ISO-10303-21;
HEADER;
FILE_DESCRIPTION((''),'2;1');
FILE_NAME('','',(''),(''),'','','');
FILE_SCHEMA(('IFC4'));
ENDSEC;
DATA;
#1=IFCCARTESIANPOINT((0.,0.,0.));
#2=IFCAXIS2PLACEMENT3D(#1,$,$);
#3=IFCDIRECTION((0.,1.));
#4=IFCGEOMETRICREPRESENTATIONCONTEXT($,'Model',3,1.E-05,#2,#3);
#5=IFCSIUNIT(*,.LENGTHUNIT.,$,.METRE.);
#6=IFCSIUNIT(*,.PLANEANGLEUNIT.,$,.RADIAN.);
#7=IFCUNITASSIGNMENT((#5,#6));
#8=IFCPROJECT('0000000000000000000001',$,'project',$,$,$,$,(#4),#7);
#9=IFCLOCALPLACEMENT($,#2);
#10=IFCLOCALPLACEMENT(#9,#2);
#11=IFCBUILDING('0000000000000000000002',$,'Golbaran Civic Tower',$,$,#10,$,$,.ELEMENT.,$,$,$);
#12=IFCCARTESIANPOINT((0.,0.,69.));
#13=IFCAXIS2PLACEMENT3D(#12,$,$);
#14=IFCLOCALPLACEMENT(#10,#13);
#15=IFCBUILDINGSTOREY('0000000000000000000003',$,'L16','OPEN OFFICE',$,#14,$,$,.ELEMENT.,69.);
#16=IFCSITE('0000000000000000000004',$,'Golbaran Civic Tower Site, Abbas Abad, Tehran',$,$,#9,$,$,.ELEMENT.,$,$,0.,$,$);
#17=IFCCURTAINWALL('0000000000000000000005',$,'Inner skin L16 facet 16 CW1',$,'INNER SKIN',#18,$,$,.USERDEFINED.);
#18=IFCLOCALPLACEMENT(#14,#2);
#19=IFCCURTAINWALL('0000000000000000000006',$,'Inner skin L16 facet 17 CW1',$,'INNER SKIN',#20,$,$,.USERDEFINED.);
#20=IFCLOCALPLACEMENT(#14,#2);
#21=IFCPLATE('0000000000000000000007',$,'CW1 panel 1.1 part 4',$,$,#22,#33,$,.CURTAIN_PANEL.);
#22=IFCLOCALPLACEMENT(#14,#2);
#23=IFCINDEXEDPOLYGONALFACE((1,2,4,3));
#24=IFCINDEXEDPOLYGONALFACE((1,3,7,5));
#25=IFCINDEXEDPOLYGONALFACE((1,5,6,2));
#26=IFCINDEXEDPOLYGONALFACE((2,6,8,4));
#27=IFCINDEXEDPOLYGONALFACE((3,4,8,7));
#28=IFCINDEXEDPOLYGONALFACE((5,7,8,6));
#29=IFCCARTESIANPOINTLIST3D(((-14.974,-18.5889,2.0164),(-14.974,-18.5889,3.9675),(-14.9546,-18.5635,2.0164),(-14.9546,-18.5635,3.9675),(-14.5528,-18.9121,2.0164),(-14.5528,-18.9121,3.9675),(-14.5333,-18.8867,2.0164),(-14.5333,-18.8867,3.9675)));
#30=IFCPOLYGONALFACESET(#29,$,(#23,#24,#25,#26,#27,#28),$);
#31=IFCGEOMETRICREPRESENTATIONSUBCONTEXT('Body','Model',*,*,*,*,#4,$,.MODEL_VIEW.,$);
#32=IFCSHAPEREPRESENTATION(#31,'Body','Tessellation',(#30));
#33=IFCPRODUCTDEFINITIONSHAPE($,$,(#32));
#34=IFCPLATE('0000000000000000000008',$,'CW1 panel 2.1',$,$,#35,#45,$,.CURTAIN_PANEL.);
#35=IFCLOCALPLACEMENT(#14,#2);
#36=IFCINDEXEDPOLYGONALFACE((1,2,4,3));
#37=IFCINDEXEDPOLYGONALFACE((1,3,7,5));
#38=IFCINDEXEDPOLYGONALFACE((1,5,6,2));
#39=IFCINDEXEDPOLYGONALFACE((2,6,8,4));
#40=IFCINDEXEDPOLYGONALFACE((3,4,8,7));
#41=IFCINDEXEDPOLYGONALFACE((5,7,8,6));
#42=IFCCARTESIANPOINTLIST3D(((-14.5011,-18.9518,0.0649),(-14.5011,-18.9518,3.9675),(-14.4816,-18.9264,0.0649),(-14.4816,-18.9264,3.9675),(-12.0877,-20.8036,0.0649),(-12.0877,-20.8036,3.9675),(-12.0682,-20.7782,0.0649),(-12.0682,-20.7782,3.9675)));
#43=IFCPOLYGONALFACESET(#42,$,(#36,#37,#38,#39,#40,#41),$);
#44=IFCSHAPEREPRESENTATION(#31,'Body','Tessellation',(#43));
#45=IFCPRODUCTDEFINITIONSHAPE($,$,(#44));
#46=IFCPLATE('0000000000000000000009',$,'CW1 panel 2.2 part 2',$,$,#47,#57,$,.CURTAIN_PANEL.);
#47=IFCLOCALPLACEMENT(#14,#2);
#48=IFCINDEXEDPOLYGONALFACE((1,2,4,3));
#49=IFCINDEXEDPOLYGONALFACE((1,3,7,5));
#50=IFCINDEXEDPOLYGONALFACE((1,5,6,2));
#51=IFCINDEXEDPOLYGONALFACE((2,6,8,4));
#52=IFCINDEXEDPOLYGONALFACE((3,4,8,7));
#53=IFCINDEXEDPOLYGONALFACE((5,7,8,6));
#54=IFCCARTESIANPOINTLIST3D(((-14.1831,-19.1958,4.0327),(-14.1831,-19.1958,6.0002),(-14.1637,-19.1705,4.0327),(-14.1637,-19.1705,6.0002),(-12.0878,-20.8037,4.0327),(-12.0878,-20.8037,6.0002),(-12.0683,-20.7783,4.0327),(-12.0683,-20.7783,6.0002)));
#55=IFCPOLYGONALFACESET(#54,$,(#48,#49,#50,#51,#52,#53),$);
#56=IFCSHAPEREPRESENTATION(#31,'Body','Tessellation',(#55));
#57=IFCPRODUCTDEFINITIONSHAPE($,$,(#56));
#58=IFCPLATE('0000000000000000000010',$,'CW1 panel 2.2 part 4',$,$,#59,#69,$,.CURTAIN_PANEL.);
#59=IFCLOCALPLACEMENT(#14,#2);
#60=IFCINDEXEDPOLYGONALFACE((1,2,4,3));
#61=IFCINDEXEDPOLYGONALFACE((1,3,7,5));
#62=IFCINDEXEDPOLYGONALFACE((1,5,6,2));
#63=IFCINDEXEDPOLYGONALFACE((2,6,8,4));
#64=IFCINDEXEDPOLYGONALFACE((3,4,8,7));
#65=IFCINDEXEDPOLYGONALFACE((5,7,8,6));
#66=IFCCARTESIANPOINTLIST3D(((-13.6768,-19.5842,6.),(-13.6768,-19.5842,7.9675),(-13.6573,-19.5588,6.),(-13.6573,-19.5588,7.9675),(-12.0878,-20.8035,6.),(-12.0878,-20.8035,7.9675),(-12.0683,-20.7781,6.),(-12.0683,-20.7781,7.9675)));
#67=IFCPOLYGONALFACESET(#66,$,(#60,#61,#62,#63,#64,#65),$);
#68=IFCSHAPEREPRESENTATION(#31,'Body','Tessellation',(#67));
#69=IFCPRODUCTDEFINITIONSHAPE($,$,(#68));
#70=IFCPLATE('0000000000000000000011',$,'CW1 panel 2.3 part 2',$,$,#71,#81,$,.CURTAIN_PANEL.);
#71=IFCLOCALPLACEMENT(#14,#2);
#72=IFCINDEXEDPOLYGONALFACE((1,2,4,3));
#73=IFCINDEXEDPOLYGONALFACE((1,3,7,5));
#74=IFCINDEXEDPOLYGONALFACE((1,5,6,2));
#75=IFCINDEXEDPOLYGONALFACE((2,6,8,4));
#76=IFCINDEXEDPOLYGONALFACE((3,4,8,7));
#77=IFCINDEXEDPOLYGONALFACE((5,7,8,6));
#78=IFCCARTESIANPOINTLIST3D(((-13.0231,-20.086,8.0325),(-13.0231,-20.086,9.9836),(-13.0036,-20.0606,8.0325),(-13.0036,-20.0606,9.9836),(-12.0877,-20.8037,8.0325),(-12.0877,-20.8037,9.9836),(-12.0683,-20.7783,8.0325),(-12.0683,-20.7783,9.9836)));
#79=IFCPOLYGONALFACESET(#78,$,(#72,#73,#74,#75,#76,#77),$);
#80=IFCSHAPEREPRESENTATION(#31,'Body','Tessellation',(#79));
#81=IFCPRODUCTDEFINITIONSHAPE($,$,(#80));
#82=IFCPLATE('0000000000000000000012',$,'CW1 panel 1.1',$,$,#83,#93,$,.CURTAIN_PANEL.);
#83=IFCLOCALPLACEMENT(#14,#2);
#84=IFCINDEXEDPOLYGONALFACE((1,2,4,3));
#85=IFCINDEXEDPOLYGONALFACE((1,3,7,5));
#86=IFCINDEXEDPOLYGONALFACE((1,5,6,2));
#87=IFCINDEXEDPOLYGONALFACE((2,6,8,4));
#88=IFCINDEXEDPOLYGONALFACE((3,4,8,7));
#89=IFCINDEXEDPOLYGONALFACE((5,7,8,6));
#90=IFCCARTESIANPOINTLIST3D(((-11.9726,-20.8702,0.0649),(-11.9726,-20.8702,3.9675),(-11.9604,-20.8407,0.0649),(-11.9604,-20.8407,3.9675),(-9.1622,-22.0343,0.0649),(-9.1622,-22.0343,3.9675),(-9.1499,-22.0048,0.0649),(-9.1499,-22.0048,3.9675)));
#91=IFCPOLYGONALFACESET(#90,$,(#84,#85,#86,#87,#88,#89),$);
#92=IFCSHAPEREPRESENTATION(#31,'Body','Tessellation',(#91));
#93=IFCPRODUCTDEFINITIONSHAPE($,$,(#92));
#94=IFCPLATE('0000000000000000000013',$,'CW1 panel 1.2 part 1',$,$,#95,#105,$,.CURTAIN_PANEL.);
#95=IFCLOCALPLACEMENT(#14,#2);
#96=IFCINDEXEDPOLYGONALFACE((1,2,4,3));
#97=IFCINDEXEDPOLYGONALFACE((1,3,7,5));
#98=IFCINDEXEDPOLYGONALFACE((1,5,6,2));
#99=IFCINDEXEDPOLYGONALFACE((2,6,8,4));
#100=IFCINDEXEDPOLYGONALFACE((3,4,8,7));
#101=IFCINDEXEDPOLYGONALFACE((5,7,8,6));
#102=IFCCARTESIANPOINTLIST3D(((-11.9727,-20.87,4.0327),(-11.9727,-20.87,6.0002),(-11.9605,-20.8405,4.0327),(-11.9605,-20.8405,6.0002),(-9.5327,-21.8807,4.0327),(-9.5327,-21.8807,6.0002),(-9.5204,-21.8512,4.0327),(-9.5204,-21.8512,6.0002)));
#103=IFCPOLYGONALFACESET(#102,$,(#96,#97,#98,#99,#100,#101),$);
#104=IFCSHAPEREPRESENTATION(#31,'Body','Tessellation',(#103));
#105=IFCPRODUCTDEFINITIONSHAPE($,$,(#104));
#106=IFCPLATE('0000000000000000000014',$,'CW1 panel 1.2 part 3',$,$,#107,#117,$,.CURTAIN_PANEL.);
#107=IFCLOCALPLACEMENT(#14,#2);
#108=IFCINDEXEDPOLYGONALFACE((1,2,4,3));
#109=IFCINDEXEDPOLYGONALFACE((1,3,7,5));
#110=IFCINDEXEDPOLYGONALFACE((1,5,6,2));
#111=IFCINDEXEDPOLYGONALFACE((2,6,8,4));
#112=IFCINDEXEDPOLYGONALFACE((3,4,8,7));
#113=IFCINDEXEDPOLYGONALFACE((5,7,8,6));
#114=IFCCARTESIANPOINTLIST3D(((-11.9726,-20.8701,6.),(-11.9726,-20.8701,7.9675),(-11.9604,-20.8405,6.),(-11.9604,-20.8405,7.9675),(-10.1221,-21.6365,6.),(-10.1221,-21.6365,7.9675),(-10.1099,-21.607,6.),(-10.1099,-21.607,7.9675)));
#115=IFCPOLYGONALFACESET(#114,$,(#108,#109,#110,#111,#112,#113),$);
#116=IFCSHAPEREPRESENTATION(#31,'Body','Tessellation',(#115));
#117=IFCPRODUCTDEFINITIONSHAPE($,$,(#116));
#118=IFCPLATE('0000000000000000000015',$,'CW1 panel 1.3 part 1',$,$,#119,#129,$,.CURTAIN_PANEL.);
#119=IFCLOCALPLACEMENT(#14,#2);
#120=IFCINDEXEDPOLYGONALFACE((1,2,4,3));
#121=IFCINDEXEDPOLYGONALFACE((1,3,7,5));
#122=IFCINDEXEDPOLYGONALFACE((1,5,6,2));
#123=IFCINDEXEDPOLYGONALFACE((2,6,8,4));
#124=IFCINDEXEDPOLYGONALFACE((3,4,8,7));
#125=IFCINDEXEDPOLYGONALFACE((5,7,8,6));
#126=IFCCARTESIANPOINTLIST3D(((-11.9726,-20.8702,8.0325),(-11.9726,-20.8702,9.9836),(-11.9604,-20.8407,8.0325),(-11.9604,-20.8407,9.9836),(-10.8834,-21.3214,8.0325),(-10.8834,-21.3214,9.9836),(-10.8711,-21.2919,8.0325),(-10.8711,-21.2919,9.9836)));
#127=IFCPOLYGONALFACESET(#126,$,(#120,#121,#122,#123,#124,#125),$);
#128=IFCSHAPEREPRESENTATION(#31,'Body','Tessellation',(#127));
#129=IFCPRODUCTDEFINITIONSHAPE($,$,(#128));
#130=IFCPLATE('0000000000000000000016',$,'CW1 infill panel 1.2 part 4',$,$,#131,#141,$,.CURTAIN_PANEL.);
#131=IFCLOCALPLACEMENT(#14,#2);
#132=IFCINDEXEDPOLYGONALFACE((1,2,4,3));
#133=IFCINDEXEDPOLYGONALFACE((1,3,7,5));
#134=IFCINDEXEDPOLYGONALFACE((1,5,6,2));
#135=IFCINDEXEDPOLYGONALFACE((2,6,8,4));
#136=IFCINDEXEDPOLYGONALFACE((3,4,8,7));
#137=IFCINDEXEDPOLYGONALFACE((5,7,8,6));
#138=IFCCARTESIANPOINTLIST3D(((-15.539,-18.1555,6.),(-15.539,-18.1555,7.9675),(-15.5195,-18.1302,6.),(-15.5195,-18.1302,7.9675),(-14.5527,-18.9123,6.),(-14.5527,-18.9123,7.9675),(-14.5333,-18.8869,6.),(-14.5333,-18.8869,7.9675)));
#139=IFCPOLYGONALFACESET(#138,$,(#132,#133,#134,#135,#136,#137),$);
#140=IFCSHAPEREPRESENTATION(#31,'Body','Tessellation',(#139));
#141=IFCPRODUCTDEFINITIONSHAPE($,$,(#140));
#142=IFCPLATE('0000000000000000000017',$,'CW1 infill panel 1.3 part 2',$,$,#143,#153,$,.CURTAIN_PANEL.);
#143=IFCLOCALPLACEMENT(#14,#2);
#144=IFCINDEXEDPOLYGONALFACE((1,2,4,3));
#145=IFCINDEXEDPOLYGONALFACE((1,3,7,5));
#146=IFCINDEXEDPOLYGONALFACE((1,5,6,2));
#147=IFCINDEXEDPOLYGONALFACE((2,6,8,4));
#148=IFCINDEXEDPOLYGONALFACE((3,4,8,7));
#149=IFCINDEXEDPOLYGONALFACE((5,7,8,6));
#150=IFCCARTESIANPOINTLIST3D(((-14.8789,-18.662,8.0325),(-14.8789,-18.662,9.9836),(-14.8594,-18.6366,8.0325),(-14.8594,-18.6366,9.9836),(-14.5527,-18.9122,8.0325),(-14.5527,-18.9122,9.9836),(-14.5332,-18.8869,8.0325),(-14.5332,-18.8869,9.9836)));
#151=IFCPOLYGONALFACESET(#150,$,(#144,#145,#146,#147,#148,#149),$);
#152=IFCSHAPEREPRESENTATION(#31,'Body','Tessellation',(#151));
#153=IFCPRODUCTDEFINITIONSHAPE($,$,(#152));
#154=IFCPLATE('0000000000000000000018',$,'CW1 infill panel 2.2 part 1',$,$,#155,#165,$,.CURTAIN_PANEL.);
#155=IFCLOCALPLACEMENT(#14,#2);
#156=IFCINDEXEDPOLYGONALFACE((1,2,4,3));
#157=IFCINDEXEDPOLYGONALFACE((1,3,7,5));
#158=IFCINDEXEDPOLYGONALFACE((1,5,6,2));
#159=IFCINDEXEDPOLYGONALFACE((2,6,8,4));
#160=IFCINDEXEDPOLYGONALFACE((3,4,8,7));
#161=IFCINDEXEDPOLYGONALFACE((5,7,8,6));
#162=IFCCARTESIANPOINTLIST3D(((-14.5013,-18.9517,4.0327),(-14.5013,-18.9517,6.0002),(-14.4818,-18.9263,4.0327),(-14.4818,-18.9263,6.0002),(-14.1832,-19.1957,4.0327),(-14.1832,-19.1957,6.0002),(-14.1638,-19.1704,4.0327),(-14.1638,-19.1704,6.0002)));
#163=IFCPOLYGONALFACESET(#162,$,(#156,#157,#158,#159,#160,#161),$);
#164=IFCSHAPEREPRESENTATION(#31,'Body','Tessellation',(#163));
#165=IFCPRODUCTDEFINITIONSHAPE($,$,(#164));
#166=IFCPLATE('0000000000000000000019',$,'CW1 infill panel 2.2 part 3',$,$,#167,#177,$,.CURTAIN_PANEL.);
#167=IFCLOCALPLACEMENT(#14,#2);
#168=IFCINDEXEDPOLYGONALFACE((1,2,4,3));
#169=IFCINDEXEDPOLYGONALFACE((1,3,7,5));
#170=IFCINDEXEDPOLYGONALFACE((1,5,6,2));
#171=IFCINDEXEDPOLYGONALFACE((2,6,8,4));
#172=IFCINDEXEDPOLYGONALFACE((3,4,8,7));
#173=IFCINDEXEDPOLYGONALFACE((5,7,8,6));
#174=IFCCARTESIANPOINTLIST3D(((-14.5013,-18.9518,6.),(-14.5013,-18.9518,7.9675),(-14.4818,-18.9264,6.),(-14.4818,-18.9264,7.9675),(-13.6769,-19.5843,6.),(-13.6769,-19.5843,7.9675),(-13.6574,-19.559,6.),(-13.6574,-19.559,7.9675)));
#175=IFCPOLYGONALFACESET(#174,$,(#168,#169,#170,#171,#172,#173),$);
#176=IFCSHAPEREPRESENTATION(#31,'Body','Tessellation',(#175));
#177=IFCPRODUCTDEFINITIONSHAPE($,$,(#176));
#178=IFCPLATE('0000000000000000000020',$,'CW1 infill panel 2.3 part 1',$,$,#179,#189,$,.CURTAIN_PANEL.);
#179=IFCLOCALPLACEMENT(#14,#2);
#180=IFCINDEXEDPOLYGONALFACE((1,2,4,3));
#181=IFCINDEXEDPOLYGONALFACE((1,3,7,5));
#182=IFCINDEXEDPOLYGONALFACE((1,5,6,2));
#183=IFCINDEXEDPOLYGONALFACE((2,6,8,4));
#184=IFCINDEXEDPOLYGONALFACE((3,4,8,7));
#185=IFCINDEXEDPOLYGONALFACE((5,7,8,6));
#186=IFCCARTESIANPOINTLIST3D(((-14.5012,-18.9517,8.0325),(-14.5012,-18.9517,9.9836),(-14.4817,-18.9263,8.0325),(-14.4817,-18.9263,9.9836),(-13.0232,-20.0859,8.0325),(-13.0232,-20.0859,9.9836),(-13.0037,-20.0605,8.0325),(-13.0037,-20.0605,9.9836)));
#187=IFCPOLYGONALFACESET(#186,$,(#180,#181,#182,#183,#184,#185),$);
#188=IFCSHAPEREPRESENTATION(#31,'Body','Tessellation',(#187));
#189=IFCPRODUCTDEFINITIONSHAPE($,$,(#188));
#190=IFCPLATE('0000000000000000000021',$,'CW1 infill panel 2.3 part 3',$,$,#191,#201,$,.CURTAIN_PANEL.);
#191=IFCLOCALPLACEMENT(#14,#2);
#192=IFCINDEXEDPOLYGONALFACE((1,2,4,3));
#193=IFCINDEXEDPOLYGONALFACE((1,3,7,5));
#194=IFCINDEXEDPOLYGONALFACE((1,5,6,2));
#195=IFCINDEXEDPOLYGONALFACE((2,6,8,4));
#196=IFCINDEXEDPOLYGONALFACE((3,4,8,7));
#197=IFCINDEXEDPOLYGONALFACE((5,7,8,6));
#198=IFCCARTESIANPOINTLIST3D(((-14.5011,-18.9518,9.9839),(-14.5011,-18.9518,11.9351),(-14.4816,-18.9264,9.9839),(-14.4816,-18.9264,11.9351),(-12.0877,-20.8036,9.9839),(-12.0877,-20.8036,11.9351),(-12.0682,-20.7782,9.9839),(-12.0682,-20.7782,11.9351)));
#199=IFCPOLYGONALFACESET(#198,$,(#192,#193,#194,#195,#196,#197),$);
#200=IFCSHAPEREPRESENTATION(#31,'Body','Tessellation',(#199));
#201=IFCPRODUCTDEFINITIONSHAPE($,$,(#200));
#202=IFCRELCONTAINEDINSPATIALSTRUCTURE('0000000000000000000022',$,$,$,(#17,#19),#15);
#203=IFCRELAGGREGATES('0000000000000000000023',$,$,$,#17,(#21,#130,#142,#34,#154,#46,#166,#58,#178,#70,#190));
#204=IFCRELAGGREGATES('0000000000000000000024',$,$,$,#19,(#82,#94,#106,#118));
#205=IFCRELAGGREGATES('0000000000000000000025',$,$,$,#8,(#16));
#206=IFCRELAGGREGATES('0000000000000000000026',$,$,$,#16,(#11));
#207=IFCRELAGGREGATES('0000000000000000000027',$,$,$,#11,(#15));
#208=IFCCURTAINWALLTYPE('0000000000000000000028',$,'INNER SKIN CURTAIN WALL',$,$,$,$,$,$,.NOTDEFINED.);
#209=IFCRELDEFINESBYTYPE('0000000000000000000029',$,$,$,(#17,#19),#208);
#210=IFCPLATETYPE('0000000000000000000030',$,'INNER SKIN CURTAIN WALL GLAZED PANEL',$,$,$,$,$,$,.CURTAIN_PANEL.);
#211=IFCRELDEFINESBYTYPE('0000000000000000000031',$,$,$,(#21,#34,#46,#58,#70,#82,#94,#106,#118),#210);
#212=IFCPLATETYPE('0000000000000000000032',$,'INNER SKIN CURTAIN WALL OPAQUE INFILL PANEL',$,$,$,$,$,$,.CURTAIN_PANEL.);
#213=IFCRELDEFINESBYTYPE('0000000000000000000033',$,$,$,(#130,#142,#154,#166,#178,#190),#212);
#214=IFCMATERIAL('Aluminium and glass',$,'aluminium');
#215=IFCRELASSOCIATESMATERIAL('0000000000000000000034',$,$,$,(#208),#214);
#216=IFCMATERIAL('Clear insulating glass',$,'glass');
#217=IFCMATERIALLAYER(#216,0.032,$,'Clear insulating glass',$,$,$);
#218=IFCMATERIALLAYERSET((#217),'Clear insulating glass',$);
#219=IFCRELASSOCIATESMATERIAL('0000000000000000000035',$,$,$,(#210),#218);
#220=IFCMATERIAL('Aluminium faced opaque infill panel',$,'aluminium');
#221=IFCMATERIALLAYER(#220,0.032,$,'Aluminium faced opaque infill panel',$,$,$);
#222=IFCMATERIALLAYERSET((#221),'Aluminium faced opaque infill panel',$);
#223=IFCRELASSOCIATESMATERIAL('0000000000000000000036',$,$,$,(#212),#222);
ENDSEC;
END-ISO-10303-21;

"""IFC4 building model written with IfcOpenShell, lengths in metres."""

from ifc_helpers import new_model, si_unit, direction, frame, origin, origin_2d, place, context, subcontext, project, spatial, rectangle, extrude, material, layer, layer_set, type_object, element, aggregate, save


model = new_model("IFC4")

# Units and contexts
model_context = context("Model", 3, precision=1e-05, world=origin(), true_north=direction((0.0, 1.0)))
body_context = subcontext(model_context, "Body", "Model", "MODEL_VIEW")
ifc_project = project(units=[si_unit("LENGTHUNIT", "METRE"), si_unit("PLANEANGLEUNIT", "RADIAN")], contexts=[model_context])

# Site, building, storey
site_placement = place(None, origin())
site = spatial("IfcSite", under=ifc_project, at=site_placement, Name="Golbaran Civic Tower Site, Abbas Abad, Tehran", CompositionType="ELEMENT", RefElevation=0.0)
building_placement = place(site_placement, origin())
building = spatial("IfcBuilding", under=site, at=building_placement, Name="Golbaran Civic Tower", CompositionType="ELEMENT")
storey_placement = place(building_placement, frame((0.0, 0.0, 69.0)))
storey = spatial("IfcBuildingStorey", under=building, at=storey_placement, Name="L16", Description="OPEN OFFICE", CompositionType="ELEMENT", Elevation=69.0)

# Curtain walls
ifc_material_1 = material(Name="Aluminium and glass", Category="aluminium")
curtain_wall_type_1 = type_object("IfcCurtainWallType", Name="INNER SKIN CURTAIN WALL", PredefinedType="NOTDEFINED", material=ifc_material_1)
curtain_wall_1_placement = place(storey_placement, origin())
curtain_wall_1 = element("IfcCurtainWall", 1, at=curtain_wall_1_placement, inside=storey, type_object=curtain_wall_type_1, Name="Inner skin L16 facet 16 CW1", ObjectType="INNER SKIN", PredefinedType="USERDEFINED")
curtain_wall_2_placement = place(storey_placement, origin())
curtain_wall_2 = element("IfcCurtainWall", 2, at=curtain_wall_2_placement, inside=storey, type_object=curtain_wall_type_1, Name="Inner skin L16 facet 17 CW1", ObjectType="INNER SKIN", PredefinedType="USERDEFINED")

# Plates
ifc_material_2 = material(Name="Clear insulating glass", Category="glass")
ifc_layer_1 = layer(ifc_material_2, 0.032, Name="Clear insulating glass")
ifc_layer_set_1 = layer_set([ifc_layer_1], Name="Clear insulating glass")
plate_type_1 = type_object("IfcPlateType", Name="INNER SKIN CURTAIN WALL GLAZED PANEL", PredefinedType="CURTAIN_PANEL", material=ifc_layer_set_1)
plate_1_placement = place(storey_placement, frame((-14.7537, -18.7378, 2.0164), z_axis=(0.0, 0.0, 1.0), x_axis=(0.793353, -0.608761, 0.0)))
plate_1 = element("IfcPlate", 3, at=plate_1_placement, type_object=plate_type_1, Name="CW1 panel 1.1 part 4", PredefinedType="CURTAIN_PANEL", context=body_context, shape_type="SweptSolid", body=[
    extrude(rectangle(XDim=0.531, YDim=0.032, at=origin_2d()), origin(), (0.0, 0.0, 1.0), 1.9512),
])
plate_2_placement = place(storey_placement, frame((-13.2847, -19.865, 0.0649), z_axis=(0.0, 0.0, 1.0), x_axis=(0.793353, -0.608761, 0.0)))
plate_2 = element("IfcPlate", 4, at=plate_2_placement, type_object=plate_type_1, Name="CW1 panel 2.1", PredefinedType="CURTAIN_PANEL", context=body_context, shape_type="SweptSolid", body=[
    extrude(rectangle(XDim=3.042, YDim=0.032, at=origin_2d()), origin(), (0.0, 0.0, 1.0), 3.9026),
])
plate_3_placement = place(storey_placement, frame((-13.1257, -19.9871, 4.0327), z_axis=(0.0, 0.0, 1.0), x_axis=(0.793353, -0.608761, 0.0)))
plate_3 = element("IfcPlate", 5, at=plate_3_placement, type_object=plate_type_1, Name="CW1 panel 2.2 part 2", PredefinedType="CURTAIN_PANEL", context=body_context, shape_type="SweptSolid", body=[
    extrude(rectangle(XDim=2.6411, YDim=0.032, at=origin_2d()), origin(), (0.0, 0.0, 1.0), 1.9675),
])
plate_4_placement = place(storey_placement, frame((-12.8726, -20.1812, 6.0), z_axis=(0.0, 0.0, 1.0), x_axis=(0.793353, -0.608761, 0.0)))
plate_4 = element("IfcPlate", 6, at=plate_4_placement, type_object=plate_type_1, Name="CW1 panel 2.2 part 4", PredefinedType="CURTAIN_PANEL", context=body_context, shape_type="SweptSolid", body=[
    extrude(rectangle(XDim=2.0029, YDim=0.032, at=origin_2d()), origin(), (0.0, 0.0, 1.0), 1.9675),
])
plate_5_placement = place(storey_placement, frame((-12.5457, -20.4321, 8.0325), z_axis=(0.0, 0.0, 1.0), x_axis=(0.793353, -0.608761, 0.0)))
plate_5 = element("IfcPlate", 7, at=plate_5_placement, type_object=plate_type_1, Name="CW1 panel 2.3 part 2", PredefinedType="CURTAIN_PANEL", context=body_context, shape_type="SweptSolid", body=[
    extrude(rectangle(XDim=1.179, YDim=0.032, at=origin_2d()), origin(), (0.0, 0.0, 1.0), 1.9512),
])
plate_6_placement = place(storey_placement, frame((-10.5613, -21.4375, 0.0649), z_axis=(0.0, 0.0, 1.0), x_axis=(0.92388, -0.382683, 0.0)))
plate_6 = element("IfcPlate", 8, at=plate_6_placement, type_object=plate_type_1, Name="CW1 panel 1.1", PredefinedType="CURTAIN_PANEL", context=body_context, shape_type="SweptSolid", body=[
    extrude(rectangle(XDim=3.042, YDim=0.032, at=origin_2d()), origin(), (0.0, 0.0, 1.0), 3.9026),
])
plate_7_placement = place(storey_placement, frame((-10.7466, -21.3606, 4.0327), z_axis=(0.0, 0.0, 1.0), x_axis=(0.92388, -0.382683, 0.0)))
plate_7 = element("IfcPlate", 9, at=plate_7_placement, type_object=plate_type_1, Name="CW1 panel 1.2 part 1", PredefinedType="CURTAIN_PANEL", context=body_context, shape_type="SweptSolid", body=[
    extrude(rectangle(XDim=2.6411, YDim=0.032, at=origin_2d()), origin(), (0.0, 0.0, 1.0), 1.9675),
])
plate_8_placement = place(storey_placement, frame((-11.0413, -21.2385, 6.0), z_axis=(0.0, 0.0, 1.0), x_axis=(0.92388, -0.382683, 0.0)))
plate_8 = element("IfcPlate", 10, at=plate_8_placement, type_object=plate_type_1, Name="CW1 panel 1.2 part 3", PredefinedType="CURTAIN_PANEL", context=body_context, shape_type="SweptSolid", body=[
    extrude(rectangle(XDim=2.0029, YDim=0.032, at=origin_2d()), origin(), (0.0, 0.0, 1.0), 1.9675),
])
plate_9_placement = place(storey_placement, frame((-11.4219, -21.0811, 8.0325), z_axis=(0.0, 0.0, 1.0), x_axis=(0.92388, -0.382683, 0.0)))
plate_9 = element("IfcPlate", 11, at=plate_9_placement, type_object=plate_type_1, Name="CW1 panel 1.3 part 1", PredefinedType="CURTAIN_PANEL", context=body_context, shape_type="SweptSolid", body=[
    extrude(rectangle(XDim=1.179, YDim=0.032, at=origin_2d()), origin(), (0.0, 0.0, 1.0), 1.9512),
])
ifc_material_3 = material(Name="Aluminium faced opaque infill panel", Category="aluminium")
ifc_layer_2 = layer(ifc_material_3, 0.032, Name="Aluminium faced opaque infill panel")
ifc_layer_set_2 = layer_set([ifc_layer_2], Name="Aluminium faced opaque infill panel")
plate_type_2 = type_object("IfcPlateType", Name="INNER SKIN CURTAIN WALL OPAQUE INFILL PANEL", PredefinedType="CURTAIN_PANEL", material=ifc_layer_set_2)
plate_10_placement = place(storey_placement, frame((-15.0361, -18.5212, 6.0), z_axis=(0.0, 0.0, 1.0), x_axis=(0.793353, -0.608761, 0.0)))
plate_10 = element("IfcPlate", 12, at=plate_10_placement, type_object=plate_type_2, Name="CW1 infill panel 1.2 part 4", PredefinedType="CURTAIN_PANEL", context=body_context, shape_type="SweptSolid", body=[
    extrude(rectangle(XDim=1.2432, YDim=0.032, at=origin_2d()), origin(), (0.0, 0.0, 1.0), 1.9675),
])
plate_11_placement = place(storey_placement, frame((-14.7061, -18.7744, 8.0325), z_axis=(0.0, 0.0, 1.0), x_axis=(0.793353, -0.608761, 0.0)))
plate_11 = element("IfcPlate", 13, at=plate_11_placement, type_object=plate_type_2, Name="CW1 infill panel 1.3 part 2", PredefinedType="CURTAIN_PANEL", context=body_context, shape_type="SweptSolid", body=[
    extrude(rectangle(XDim=0.4111, YDim=0.032, at=origin_2d()), origin(), (0.0, 0.0, 1.0), 1.9512),
])
plate_12_placement = place(storey_placement, frame((-14.3325, -19.061, 4.0327), z_axis=(0.0, 0.0, 1.0), x_axis=(0.793353, -0.608761, 0.0)))
plate_12 = element("IfcPlate", 14, at=plate_12_placement, type_object=plate_type_2, Name="CW1 infill panel 2.2 part 1", PredefinedType="CURTAIN_PANEL", context=body_context, shape_type="SweptSolid", body=[
    extrude(rectangle(XDim=0.4009, YDim=0.032, at=origin_2d()), origin(), (0.0, 0.0, 1.0), 1.9675),
])
plate_13_placement = place(storey_placement, frame((-14.0793, -19.2554, 6.0), z_axis=(0.0, 0.0, 1.0), x_axis=(0.793353, -0.608761, 0.0)))
plate_13 = element("IfcPlate", 15, at=plate_13_placement, type_object=plate_type_2, Name="CW1 infill panel 2.2 part 3", PredefinedType="CURTAIN_PANEL", context=body_context, shape_type="SweptSolid", body=[
    extrude(rectangle(XDim=1.0391, YDim=0.032, at=origin_2d()), origin(), (0.0, 0.0, 1.0), 1.9675),
])
plate_14_placement = place(storey_placement, frame((-13.7524, -19.5061, 8.0325), z_axis=(0.0, 0.0, 1.0), x_axis=(0.793353, -0.608761, 0.0)))
plate_14 = element("IfcPlate", 16, at=plate_14_placement, type_object=plate_type_2, Name="CW1 infill panel 2.3 part 1", PredefinedType="CURTAIN_PANEL", context=body_context, shape_type="SweptSolid", body=[
    extrude(rectangle(XDim=1.863, YDim=0.032, at=origin_2d()), origin(), (0.0, 0.0, 1.0), 1.9512),
])
plate_15_placement = place(storey_placement, frame((-13.2847, -19.865, 9.9839), z_axis=(0.0, 0.0, 1.0), x_axis=(0.793353, -0.608761, 0.0)))
plate_15 = element("IfcPlate", 17, at=plate_15_placement, type_object=plate_type_2, Name="CW1 infill panel 2.3 part 3", PredefinedType="CURTAIN_PANEL", context=body_context, shape_type="SweptSolid", body=[
    extrude(rectangle(XDim=3.042, YDim=0.032, at=origin_2d()), origin(), (0.0, 0.0, 1.0), 1.9512),
])
aggregate(curtain_wall_1, [plate_1, plate_10, plate_11, plate_2, plate_12, plate_3, plate_13, plate_4, plate_14, plate_5, plate_15])
aggregate(curtain_wall_2, [plate_6, plate_7, plate_8, plate_9])

save(model, "model.ifc")
